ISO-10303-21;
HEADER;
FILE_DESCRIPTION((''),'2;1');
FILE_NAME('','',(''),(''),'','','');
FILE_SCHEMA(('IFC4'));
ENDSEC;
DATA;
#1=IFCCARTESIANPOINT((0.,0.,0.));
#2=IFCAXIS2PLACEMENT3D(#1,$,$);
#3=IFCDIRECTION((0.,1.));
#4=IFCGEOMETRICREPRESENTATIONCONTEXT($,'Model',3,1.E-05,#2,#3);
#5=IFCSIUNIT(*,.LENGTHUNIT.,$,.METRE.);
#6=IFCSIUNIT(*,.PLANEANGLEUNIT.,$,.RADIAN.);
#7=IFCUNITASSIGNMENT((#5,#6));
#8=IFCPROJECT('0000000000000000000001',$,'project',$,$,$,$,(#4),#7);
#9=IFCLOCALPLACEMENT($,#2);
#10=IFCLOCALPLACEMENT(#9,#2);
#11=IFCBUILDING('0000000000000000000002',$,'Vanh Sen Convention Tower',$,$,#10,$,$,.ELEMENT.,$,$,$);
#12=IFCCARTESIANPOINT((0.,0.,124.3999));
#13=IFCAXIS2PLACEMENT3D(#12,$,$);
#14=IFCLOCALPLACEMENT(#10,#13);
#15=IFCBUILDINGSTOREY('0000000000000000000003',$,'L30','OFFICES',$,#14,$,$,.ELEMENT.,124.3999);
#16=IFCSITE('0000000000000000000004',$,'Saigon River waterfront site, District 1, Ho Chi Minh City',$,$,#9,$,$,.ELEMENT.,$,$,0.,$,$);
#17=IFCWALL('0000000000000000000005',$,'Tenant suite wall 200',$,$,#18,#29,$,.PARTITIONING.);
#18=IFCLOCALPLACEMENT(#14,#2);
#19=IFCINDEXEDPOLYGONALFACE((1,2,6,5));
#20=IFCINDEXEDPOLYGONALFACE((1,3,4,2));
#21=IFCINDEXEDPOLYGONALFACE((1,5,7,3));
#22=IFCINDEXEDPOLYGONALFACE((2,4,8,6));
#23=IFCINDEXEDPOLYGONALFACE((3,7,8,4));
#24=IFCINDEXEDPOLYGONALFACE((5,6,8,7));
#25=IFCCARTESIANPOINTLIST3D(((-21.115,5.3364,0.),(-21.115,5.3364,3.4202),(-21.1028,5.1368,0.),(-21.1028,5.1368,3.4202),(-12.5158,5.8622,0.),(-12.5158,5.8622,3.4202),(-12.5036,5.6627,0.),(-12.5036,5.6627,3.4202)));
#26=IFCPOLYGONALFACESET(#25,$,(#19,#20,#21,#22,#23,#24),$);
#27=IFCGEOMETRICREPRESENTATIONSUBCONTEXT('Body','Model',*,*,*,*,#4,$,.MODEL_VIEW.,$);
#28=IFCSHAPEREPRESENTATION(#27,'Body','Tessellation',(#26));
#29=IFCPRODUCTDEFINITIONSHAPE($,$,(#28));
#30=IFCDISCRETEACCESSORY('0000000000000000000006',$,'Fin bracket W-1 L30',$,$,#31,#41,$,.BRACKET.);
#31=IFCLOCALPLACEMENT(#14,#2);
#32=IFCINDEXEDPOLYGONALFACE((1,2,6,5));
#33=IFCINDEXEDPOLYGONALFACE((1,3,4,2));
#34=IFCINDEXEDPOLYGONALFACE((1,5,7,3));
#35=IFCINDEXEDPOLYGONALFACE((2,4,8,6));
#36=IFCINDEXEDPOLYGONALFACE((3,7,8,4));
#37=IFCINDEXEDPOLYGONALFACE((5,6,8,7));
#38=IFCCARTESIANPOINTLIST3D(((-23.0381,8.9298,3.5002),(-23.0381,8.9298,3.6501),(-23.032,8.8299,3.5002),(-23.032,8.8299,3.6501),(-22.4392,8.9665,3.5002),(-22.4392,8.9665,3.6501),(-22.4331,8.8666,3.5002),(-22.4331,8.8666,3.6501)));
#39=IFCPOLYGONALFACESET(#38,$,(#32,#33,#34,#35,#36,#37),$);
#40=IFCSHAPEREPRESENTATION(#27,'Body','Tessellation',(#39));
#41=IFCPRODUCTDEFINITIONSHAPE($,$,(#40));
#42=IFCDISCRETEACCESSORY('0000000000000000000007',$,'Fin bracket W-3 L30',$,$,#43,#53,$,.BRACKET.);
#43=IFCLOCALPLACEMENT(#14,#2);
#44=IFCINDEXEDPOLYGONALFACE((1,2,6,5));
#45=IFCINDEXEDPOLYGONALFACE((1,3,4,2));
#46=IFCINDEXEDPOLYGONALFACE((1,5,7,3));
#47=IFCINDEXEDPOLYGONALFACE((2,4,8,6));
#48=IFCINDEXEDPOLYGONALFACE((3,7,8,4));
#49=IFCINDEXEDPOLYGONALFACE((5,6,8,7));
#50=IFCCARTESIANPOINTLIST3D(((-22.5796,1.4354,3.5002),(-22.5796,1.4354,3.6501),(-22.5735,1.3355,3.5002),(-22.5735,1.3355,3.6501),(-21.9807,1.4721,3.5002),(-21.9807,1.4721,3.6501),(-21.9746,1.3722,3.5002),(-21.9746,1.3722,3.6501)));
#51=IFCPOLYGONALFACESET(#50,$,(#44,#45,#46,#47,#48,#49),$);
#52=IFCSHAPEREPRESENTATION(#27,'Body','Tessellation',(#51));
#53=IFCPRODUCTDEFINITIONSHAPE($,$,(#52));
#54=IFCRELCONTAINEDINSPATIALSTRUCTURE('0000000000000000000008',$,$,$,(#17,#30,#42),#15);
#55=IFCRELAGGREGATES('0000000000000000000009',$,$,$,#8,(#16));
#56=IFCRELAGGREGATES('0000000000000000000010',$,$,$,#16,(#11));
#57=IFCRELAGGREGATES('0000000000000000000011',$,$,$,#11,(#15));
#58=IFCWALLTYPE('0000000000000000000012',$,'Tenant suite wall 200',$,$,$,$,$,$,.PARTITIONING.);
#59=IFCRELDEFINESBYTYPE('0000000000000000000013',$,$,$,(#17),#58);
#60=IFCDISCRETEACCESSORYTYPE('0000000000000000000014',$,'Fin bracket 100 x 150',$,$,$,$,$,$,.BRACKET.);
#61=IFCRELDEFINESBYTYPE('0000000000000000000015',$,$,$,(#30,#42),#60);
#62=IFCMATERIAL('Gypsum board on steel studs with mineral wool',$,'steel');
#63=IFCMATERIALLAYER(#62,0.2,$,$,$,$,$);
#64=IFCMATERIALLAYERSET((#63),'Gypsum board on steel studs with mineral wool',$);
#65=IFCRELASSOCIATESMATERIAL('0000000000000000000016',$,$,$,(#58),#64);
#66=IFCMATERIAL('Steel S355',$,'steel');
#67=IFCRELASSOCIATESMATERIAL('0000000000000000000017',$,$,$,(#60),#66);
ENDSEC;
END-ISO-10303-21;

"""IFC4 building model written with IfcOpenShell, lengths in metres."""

from ifc_helpers import new_model, si_unit, direction, frame, frame_2d, origin, origin_2d, place, context, subcontext, project, spatial, rectangle, extrude, material, layer, layer_set, type_object, element, save


model = new_model("IFC4")

# Units and contexts
model_context = context("Model", 3, precision=1e-05, world=origin(), true_north=direction((0.0, 1.0)))
body_context = subcontext(model_context, "Body", "Model", "MODEL_VIEW")
ifc_project = project(units=[si_unit("LENGTHUNIT", "METRE"), si_unit("PLANEANGLEUNIT", "RADIAN")], contexts=[model_context])

# Site, building, storey
site_placement = place(None, origin())
site = spatial("IfcSite", under=ifc_project, at=site_placement, Name="Saigon River waterfront site, District 1, Ho Chi Minh City", CompositionType="ELEMENT", RefElevation=0.0)
building_placement = place(site_placement, origin())
building = spatial("IfcBuilding", under=site, at=building_placement, Name="Vanh Sen Convention Tower", CompositionType="ELEMENT")
storey_placement = place(building_placement, frame((0.0, 0.0, 124.3999)))
storey = spatial("IfcBuildingStorey", under=building, at=storey_placement, Name="L30", Description="OFFICES", CompositionType="ELEMENT", Elevation=124.3999)

# Wall
ifc_material_1 = material(Name="Gypsum board on steel studs with mineral wool", Category="steel")
ifc_layer_1 = layer(ifc_material_1, 0.2)
ifc_layer_set_1 = layer_set([ifc_layer_1], Name="Gypsum board on steel studs with mineral wool")
wall_type_1 = type_object("IfcWallType", Name="Tenant suite wall 200", PredefinedType="PARTITIONING", material=ifc_layer_set_1)
wall_1_placement = place(storey_placement, frame((-21.1089, 5.2366, 0.0), z_axis=(0.0, 0.0, 1.0), x_axis=(0.998135, 0.061041, 0.0)))
element("IfcWall", 1, at=wall_1_placement, inside=storey, type_object=wall_type_1, Name="Tenant suite wall 200", PredefinedType="PARTITIONING", context=body_context, shape_type="SweptSolid", body=[
    extrude(rectangle(XDim=8.6152, YDim=0.2, at=frame_2d((4.3076, 0.0))), origin(), (0.0, 0.0, 1.0), 3.4202),
])

# Discrete accessories
ifc_material_2 = material(Name="Steel S355", Category="steel")
discrete_accessory_type = type_object("IfcDiscreteAccessoryType", Name="Fin bracket 100 x 150", PredefinedType="BRACKET", material=ifc_material_2)
for number, where, z_axis, x_axis, name in (
    (2, (-22.7356, 8.8982, 3.5002), (0.0, 0.0, 1.0), (-0.998135, -0.061049, 0.0), "Fin bracket W-1 L30"),
    (3, (-22.2771, 1.4038, 3.5002), (0.0, 0.0, 1.0), (-0.998135, -0.061049, 0.0), "Fin bracket W-3 L30"),
):
    element("IfcDiscreteAccessory", number, at=place(storey_placement, frame(where, z_axis=z_axis, x_axis=x_axis)), inside=storey, type_object=discrete_accessory_type, Name=name, PredefinedType="BRACKET", context=body_context, shape_type="SweptSolid", body=[
        extrude(rectangle(XDim=0.6001, YDim=0.1001, at=origin_2d()), origin(), (0.0, 0.0, 1.0), 0.1499),
    ])

save(model, "model.ifc")
